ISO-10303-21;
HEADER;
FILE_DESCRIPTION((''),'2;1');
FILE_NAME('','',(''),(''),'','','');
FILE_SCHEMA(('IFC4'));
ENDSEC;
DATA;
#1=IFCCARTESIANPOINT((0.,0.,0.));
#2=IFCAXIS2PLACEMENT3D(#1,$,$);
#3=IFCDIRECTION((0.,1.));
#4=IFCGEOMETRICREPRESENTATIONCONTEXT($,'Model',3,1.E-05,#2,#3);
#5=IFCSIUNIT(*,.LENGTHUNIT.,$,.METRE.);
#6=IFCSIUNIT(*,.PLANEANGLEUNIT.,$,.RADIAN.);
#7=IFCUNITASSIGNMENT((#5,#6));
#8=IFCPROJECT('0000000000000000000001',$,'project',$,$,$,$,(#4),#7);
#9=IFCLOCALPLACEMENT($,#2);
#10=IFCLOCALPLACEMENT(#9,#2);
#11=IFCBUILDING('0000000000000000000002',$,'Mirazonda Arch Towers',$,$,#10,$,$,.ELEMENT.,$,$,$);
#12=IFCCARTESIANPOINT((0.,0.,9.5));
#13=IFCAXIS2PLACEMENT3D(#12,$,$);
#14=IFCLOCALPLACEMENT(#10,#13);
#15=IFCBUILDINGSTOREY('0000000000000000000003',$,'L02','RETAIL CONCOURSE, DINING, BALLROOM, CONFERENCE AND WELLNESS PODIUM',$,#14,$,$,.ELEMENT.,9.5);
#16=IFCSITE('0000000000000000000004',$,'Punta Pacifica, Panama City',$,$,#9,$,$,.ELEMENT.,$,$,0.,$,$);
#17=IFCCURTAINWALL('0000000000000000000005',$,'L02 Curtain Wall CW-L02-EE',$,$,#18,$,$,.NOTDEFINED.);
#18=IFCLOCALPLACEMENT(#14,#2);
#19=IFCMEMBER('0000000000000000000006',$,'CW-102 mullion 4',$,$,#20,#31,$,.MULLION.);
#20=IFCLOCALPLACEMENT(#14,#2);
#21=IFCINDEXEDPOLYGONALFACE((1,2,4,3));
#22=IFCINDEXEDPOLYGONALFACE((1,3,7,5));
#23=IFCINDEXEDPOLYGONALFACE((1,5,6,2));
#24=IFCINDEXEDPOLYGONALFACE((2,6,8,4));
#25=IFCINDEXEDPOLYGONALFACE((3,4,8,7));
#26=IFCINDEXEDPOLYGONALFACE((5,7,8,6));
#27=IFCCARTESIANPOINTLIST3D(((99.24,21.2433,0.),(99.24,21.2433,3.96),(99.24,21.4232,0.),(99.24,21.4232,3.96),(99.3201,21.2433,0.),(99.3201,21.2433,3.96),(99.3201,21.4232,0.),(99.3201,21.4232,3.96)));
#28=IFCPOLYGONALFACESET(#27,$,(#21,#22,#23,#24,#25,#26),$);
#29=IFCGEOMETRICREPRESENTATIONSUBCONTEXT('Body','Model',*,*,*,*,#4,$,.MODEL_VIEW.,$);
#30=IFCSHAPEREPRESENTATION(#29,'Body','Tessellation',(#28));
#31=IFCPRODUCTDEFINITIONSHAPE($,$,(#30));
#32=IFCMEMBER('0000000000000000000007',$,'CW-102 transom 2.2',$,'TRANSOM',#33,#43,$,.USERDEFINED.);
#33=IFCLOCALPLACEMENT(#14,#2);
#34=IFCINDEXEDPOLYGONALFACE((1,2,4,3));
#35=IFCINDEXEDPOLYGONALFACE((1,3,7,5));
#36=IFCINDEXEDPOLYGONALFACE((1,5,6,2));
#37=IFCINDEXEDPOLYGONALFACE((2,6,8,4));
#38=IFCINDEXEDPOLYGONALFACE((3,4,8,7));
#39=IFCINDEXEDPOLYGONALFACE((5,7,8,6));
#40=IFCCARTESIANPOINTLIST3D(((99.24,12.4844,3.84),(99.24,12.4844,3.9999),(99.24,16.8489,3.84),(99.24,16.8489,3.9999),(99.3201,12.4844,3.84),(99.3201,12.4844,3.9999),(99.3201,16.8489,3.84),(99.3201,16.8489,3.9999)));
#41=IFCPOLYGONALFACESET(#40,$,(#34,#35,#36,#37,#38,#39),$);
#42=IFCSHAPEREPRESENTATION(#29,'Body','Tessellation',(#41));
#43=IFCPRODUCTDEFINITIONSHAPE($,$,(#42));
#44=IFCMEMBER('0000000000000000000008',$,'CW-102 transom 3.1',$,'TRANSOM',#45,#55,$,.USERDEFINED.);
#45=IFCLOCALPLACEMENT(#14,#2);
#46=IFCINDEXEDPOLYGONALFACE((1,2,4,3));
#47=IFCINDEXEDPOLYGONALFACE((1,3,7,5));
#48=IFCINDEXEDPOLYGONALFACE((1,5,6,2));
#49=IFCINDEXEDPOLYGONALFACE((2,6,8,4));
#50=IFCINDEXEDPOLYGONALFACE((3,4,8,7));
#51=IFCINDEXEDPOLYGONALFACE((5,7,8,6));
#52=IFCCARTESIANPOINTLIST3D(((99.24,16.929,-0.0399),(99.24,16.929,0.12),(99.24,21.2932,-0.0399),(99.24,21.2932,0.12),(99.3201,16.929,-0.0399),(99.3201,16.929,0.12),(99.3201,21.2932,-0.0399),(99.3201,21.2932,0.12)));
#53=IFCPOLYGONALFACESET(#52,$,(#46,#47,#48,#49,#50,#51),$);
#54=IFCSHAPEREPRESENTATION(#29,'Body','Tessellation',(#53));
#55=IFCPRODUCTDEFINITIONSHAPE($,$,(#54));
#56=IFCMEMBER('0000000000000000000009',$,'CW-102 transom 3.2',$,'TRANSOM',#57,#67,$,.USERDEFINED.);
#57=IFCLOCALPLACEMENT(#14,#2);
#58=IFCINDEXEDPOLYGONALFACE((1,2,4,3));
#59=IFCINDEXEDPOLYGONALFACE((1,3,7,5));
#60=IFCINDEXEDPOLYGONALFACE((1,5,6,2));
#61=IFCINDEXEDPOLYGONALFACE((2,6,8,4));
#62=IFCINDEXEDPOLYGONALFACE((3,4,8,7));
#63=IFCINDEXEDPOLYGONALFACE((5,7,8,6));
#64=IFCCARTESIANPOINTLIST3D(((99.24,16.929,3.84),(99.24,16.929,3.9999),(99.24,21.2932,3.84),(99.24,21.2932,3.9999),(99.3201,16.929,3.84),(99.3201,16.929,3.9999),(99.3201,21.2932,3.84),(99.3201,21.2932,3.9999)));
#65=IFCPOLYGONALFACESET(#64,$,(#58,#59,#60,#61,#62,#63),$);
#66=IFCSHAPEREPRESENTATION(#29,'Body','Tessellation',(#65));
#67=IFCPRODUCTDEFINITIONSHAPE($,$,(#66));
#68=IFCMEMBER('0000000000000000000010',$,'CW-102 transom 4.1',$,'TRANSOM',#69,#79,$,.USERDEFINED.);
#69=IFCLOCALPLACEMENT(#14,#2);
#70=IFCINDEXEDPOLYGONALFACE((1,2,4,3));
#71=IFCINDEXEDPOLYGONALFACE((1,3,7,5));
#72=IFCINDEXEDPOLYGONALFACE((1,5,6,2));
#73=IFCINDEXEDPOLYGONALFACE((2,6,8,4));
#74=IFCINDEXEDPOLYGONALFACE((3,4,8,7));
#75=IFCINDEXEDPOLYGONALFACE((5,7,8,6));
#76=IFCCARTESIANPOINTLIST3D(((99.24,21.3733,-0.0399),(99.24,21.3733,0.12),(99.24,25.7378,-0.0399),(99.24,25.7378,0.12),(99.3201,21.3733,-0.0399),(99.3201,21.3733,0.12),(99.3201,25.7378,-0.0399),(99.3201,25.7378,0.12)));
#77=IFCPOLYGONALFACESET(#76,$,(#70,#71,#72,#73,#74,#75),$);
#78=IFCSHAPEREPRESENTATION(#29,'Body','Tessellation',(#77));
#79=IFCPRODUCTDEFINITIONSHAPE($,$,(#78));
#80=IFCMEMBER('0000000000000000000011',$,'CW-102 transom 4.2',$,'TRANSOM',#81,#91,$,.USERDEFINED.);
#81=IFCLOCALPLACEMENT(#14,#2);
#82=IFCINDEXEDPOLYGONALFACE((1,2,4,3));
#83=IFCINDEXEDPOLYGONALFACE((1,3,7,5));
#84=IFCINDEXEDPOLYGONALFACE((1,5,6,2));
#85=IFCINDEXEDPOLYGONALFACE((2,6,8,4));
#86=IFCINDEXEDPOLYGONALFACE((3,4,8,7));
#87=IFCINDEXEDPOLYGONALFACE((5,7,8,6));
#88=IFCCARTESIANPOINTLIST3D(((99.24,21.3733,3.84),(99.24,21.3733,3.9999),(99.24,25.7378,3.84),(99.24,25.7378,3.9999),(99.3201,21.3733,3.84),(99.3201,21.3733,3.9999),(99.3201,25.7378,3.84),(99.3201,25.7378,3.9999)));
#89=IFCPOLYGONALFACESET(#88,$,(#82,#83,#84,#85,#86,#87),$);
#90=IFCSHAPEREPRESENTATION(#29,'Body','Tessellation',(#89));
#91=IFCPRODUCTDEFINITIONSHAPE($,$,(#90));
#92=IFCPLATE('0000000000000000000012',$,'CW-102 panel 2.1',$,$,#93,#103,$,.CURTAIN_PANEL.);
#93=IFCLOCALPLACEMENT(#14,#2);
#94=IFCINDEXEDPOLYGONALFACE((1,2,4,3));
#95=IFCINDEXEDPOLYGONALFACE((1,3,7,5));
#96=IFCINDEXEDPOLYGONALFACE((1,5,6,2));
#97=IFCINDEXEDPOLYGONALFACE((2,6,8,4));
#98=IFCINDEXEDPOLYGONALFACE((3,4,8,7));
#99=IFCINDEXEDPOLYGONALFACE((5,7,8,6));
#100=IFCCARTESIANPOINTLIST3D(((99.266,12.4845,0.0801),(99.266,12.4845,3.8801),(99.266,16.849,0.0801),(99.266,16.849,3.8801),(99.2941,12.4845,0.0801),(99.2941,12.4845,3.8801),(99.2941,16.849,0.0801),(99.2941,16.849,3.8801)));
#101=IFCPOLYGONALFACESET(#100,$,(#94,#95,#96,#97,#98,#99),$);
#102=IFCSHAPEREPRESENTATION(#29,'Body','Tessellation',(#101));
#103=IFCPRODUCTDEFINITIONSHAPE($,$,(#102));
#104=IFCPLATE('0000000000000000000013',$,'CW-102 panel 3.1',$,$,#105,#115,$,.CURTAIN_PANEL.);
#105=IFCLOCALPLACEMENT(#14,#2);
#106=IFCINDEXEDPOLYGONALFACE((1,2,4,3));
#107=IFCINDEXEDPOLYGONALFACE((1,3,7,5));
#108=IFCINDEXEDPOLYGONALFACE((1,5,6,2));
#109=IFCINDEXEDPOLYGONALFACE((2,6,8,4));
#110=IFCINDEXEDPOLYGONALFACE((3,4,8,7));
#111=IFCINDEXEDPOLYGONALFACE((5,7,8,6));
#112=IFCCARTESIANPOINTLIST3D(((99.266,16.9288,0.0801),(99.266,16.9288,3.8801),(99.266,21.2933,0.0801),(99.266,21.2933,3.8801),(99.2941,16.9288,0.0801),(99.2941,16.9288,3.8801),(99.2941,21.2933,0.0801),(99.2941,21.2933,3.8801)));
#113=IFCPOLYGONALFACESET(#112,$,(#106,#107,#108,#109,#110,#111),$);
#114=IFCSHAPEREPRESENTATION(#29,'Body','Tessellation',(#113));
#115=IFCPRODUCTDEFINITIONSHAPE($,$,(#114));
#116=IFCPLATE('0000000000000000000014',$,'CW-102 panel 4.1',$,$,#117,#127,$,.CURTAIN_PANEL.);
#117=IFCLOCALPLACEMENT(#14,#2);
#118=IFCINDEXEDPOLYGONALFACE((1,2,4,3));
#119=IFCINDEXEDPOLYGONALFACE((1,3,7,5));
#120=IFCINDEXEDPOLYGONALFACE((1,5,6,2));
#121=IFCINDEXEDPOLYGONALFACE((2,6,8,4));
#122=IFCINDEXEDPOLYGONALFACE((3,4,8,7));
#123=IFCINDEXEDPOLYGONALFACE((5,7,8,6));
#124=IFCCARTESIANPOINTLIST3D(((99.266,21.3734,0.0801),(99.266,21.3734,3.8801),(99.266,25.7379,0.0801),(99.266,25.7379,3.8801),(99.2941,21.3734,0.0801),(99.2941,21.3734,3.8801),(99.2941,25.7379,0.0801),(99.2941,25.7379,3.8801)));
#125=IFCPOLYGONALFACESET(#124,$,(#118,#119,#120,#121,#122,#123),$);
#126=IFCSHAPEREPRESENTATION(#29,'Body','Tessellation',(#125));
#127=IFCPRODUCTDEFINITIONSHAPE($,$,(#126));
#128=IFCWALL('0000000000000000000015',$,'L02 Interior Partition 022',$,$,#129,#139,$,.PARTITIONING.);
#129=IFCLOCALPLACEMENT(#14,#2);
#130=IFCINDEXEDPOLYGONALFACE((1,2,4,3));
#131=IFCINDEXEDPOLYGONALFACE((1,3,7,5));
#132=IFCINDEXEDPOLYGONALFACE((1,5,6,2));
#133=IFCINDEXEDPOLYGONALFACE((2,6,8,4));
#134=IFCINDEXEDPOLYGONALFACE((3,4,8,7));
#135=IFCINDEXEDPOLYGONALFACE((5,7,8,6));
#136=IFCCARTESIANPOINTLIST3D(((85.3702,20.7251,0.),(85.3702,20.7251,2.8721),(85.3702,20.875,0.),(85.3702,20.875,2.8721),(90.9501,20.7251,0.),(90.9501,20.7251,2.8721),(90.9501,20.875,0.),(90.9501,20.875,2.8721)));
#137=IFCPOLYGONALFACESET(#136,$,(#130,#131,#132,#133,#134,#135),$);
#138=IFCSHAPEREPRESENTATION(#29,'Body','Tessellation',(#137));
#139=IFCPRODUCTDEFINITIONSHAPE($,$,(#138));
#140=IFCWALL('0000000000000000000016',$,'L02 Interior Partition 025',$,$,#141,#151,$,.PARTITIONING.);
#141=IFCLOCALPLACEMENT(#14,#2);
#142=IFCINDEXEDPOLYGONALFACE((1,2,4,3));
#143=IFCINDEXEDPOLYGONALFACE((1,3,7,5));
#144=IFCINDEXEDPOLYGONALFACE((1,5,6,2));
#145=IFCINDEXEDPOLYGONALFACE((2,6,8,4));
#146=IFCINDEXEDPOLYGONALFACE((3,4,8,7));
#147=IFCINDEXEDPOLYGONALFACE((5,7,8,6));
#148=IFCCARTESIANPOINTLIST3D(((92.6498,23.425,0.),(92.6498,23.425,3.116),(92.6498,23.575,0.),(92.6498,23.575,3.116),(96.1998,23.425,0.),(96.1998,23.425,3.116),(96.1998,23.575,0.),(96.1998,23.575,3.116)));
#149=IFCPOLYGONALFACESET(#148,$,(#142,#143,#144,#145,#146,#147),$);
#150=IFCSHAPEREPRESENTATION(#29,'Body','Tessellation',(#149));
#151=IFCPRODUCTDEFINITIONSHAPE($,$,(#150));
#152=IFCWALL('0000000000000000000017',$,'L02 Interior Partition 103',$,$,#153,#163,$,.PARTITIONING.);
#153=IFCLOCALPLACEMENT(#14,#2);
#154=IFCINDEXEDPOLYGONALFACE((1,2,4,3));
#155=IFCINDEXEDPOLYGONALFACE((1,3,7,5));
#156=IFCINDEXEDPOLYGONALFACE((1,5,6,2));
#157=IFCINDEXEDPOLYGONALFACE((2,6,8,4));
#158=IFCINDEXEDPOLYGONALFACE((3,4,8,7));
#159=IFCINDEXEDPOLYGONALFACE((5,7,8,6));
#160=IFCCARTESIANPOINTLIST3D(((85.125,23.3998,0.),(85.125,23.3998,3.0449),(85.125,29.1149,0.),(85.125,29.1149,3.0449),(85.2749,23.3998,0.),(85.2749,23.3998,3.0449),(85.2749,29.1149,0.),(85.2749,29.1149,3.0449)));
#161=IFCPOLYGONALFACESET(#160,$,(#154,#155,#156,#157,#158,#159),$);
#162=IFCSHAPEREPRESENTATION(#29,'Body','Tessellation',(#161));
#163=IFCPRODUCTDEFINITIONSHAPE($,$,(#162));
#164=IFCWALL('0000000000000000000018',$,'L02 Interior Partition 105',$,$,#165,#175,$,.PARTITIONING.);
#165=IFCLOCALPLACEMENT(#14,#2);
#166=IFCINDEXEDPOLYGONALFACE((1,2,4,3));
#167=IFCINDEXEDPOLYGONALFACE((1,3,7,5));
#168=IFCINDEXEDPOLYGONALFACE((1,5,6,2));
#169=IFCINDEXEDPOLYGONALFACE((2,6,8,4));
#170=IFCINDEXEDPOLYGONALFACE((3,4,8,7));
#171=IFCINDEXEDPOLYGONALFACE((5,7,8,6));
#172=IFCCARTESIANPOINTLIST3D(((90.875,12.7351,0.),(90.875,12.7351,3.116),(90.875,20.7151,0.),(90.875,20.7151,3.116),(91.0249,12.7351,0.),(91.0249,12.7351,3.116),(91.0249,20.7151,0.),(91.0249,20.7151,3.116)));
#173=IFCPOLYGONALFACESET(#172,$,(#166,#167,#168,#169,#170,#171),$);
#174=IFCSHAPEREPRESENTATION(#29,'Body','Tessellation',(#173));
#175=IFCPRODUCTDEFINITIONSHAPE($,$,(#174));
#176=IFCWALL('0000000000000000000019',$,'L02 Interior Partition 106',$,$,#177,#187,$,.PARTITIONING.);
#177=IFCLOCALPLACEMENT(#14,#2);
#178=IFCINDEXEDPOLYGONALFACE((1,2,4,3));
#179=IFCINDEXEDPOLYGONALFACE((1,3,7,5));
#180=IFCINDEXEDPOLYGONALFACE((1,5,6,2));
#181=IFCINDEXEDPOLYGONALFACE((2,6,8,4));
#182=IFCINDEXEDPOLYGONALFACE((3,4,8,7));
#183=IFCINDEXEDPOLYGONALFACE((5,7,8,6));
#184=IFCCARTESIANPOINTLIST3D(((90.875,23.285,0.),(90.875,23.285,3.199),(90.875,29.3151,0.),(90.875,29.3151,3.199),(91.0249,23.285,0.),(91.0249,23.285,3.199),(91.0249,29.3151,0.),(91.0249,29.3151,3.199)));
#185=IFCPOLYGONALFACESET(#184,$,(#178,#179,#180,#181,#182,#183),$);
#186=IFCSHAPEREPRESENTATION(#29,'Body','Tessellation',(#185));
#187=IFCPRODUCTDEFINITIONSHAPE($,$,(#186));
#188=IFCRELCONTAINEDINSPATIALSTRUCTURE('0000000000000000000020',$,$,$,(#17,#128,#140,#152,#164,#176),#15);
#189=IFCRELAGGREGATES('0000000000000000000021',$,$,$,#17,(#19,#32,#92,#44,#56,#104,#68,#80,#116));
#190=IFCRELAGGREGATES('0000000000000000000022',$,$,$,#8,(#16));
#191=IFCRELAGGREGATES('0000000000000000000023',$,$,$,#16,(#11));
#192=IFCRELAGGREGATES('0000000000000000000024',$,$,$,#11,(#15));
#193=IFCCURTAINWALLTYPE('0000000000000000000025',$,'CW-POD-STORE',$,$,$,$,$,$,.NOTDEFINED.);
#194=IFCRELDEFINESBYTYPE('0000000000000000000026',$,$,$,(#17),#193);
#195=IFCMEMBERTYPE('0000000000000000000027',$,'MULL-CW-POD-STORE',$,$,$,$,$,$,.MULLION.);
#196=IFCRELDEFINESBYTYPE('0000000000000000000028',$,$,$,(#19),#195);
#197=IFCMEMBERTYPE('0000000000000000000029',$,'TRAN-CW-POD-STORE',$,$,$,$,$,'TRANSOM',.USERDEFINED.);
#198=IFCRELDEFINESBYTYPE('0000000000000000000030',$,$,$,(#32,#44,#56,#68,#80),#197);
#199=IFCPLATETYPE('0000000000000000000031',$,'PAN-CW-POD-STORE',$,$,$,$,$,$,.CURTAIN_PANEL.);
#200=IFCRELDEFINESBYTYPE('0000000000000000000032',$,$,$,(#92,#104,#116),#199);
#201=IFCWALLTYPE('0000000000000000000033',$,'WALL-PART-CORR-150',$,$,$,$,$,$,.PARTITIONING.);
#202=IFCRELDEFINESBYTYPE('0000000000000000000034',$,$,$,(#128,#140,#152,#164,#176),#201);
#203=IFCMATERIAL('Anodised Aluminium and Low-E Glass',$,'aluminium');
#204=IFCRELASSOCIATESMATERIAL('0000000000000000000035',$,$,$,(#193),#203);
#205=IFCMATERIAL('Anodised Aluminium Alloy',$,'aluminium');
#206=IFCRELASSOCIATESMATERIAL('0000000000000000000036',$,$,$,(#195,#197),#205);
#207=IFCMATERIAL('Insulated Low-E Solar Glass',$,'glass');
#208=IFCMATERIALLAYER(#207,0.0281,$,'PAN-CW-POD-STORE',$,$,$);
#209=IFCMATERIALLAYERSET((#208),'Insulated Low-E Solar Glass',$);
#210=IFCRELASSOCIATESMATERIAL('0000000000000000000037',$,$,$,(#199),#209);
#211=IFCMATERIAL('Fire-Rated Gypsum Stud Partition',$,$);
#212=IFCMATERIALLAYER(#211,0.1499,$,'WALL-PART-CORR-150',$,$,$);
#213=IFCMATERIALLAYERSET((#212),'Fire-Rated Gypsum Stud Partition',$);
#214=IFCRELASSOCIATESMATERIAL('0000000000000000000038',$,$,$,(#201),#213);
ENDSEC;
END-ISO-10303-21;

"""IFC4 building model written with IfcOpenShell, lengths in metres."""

from ifc_helpers import new_model, si_unit, direction, frame, frame_2d, origin, origin_2d, place, context, subcontext, project, spatial, rectangle, extrude, material, layer, layer_set, material_profile, profile_set, type_object, element, aggregate, save


model = new_model("IFC4")

# Units and contexts
model_context = context("Model", 3, precision=1e-05, world=origin(), true_north=direction((0.0, 1.0)))
body_context = subcontext(model_context, "Body", "Model", "MODEL_VIEW")
ifc_project = project(units=[si_unit("LENGTHUNIT", "METRE"), si_unit("PLANEANGLEUNIT", "RADIAN")], contexts=[model_context])

# Site, building, storey
site_placement = place(None, origin())
site = spatial("IfcSite", under=ifc_project, at=site_placement, Name="Punta Pacifica, Panama City", CompositionType="ELEMENT", RefElevation=0.0)
building_placement = place(site_placement, origin())
building = spatial("IfcBuilding", under=site, at=building_placement, Name="Mirazonda Arch Towers", CompositionType="ELEMENT")
storey_placement = place(building_placement, frame((0.0, 0.0, 9.5)))
storey = spatial("IfcBuildingStorey", under=building, at=storey_placement, Name="L02", Description="RETAIL CONCOURSE, DINING, BALLROOM, CONFERENCE AND WELLNESS PODIUM", CompositionType="ELEMENT", Elevation=9.5)

# Curtain wall, members, plates
ifc_material_1 = material(Name="Anodised Aluminium and Low-E Glass", Category="aluminium")
curtain_wall_type = type_object("IfcCurtainWallType", Name="CW-POD-STORE", PredefinedType="NOTDEFINED", material=ifc_material_1)
curtain_wall_placement = place(storey_placement, origin())
curtain_wall = element("IfcCurtainWall", 1, at=curtain_wall_placement, inside=storey, type_object=curtain_wall_type, Name="L02 Curtain Wall CW-L02-EE", PredefinedType="NOTDEFINED")
ifc_material_2 = material(Name="Anodised Aluminium Alloy", Category="aluminium")
ifc_material_profile_1 = material_profile(ifc_material_2, rectangle(XDim=0.0801, YDim=0.1799, at=origin_2d()), Name="ALU-MULL-80x180")
ifc_profile_set_1 = profile_set([ifc_material_profile_1], Name="Anodised Aluminium Alloy")
member_type_1 = type_object("IfcMemberType", Name="MULL-CW-POD-STORE", PredefinedType="MULLION", material=ifc_profile_set_1)
member_1_placement = place(storey_placement, frame((99.28, 21.3333, 0.0), z_axis=(0.0, 0.0, 1.0), x_axis=(-1.0, 0.0, 0.0)))
member_1 = element("IfcMember", 2, at=member_1_placement, type_object=member_type_1, Name="CW-102 mullion 4", PredefinedType="MULLION", context=body_context, shape_type="SweptSolid", body=[
    extrude(rectangle(XDim=0.0801, YDim=0.1799, at=origin_2d()), origin(), (0.0, 0.0, 1.0), 3.96),
])
ifc_material_profile_2 = material_profile(ifc_material_2, rectangle(XDim=0.0801, YDim=0.1599, at=origin_2d()), Name="ALU-TRAN-80x160")
ifc_profile_set_2 = profile_set([ifc_material_profile_2], Name="Anodised Aluminium Alloy")
member_type_2 = type_object("IfcMemberType", Name="TRAN-CW-POD-STORE", ElementType="TRANSOM", PredefinedType="USERDEFINED", material=ifc_profile_set_2)
member_2_placement = place(storey_placement, frame((99.28, 12.4844, 3.9199), z_axis=(0.0, 1.0, 0.0), x_axis=(-1.0, 0.0, 0.0)))
member_2 = element("IfcMember", 3, at=member_2_placement, type_object=member_type_2, Name="CW-102 transom 2.2", ObjectType="TRANSOM", PredefinedType="USERDEFINED", context=body_context, shape_type="SweptSolid", body=[
    extrude(rectangle(XDim=0.0801, YDim=0.1599, at=origin_2d()), origin(), (0.0, 0.0, 1.0), 4.3645),
])
member_3_placement = place(storey_placement, frame((99.28, 16.929, 0.04), z_axis=(0.0, 1.0, 0.0), x_axis=(-1.0, 0.0, 0.0)))
member_3 = element("IfcMember", 4, at=member_3_placement, type_object=member_type_2, Name="CW-102 transom 3.1", ObjectType="TRANSOM", PredefinedType="USERDEFINED", context=body_context, shape_type="SweptSolid", body=[
    extrude(rectangle(XDim=0.0801, YDim=0.1599, at=origin_2d()), origin(), (0.0, 0.0, 1.0), 4.3643),
])
member_4_placement = place(storey_placement, frame((99.28, 16.929, 3.9199), z_axis=(0.0, 1.0, 0.0), x_axis=(-1.0, 0.0, 0.0)))
member_4 = element("IfcMember", 5, at=member_4_placement, type_object=member_type_2, Name="CW-102 transom 3.2", ObjectType="TRANSOM", PredefinedType="USERDEFINED", context=body_context, shape_type="SweptSolid", body=[
    extrude(rectangle(XDim=0.0801, YDim=0.1599, at=origin_2d()), origin(), (0.0, 0.0, 1.0), 4.3643),
])
member_5_placement = place(storey_placement, frame((99.28, 21.3733, 0.04), z_axis=(0.0, 1.0, 0.0), x_axis=(-1.0, 0.0, 0.0)))
member_5 = element("IfcMember", 6, at=member_5_placement, type_object=member_type_2, Name="CW-102 transom 4.1", ObjectType="TRANSOM", PredefinedType="USERDEFINED", context=body_context, shape_type="SweptSolid", body=[
    extrude(rectangle(XDim=0.0801, YDim=0.1599, at=origin_2d()), origin(), (0.0, 0.0, 1.0), 4.3645),
])
member_6_placement = place(storey_placement, frame((99.28, 21.3733, 3.9199), z_axis=(0.0, 1.0, 0.0), x_axis=(-1.0, 0.0, 0.0)))
member_6 = element("IfcMember", 7, at=member_6_placement, type_object=member_type_2, Name="CW-102 transom 4.2", ObjectType="TRANSOM", PredefinedType="USERDEFINED", context=body_context, shape_type="SweptSolid", body=[
    extrude(rectangle(XDim=0.0801, YDim=0.1599, at=origin_2d()), origin(), (0.0, 0.0, 1.0), 4.3645),
])
ifc_material_3 = material(Name="Insulated Low-E Solar Glass", Category="glass")
ifc_layer_1 = layer(ifc_material_3, 0.0281, Name="PAN-CW-POD-STORE")
ifc_layer_set_1 = layer_set([ifc_layer_1], Name="Insulated Low-E Solar Glass")
plate_type = type_object("IfcPlateType", Name="PAN-CW-POD-STORE", PredefinedType="CURTAIN_PANEL", material=ifc_layer_set_1)
plate_1_placement = place(storey_placement, frame((99.28, 14.6667, 0.0801), z_axis=(0.0, 0.0, 1.0), x_axis=(0.0, 1.0, 0.0)))
plate_1 = element("IfcPlate", 8, at=plate_1_placement, type_object=plate_type, Name="CW-102 panel 2.1", PredefinedType="CURTAIN_PANEL", context=body_context, shape_type="SweptSolid", body=[
    extrude(rectangle(XDim=4.3645, YDim=0.0281, at=origin_2d()), origin(), (0.0, 0.0, 1.0), 3.8),
])
plate_2_placement = place(storey_placement, frame((99.28, 19.1111, 0.0801), z_axis=(0.0, 0.0, 1.0), x_axis=(0.0, 1.0, 0.0)))
plate_2 = element("IfcPlate", 9, at=plate_2_placement, type_object=plate_type, Name="CW-102 panel 3.1", PredefinedType="CURTAIN_PANEL", context=body_context, shape_type="SweptSolid", body=[
    extrude(rectangle(XDim=4.3645, YDim=0.0281, at=origin_2d()), origin(), (0.0, 0.0, 1.0), 3.8),
])
plate_3_placement = place(storey_placement, frame((99.28, 23.5557, 0.0801), z_axis=(0.0, 0.0, 1.0), x_axis=(0.0, 1.0, 0.0)))
plate_3 = element("IfcPlate", 10, at=plate_3_placement, type_object=plate_type, Name="CW-102 panel 4.1", PredefinedType="CURTAIN_PANEL", context=body_context, shape_type="SweptSolid", body=[
    extrude(rectangle(XDim=4.3645, YDim=0.0281, at=origin_2d()), origin(), (0.0, 0.0, 1.0), 3.8),
])
aggregate(curtain_wall, [member_1, member_2, plate_1, member_3, member_4, plate_2, member_5, member_6, plate_3])

# Walls
ifc_material_4 = material(Name="Fire-Rated Gypsum Stud Partition")
ifc_layer_2 = layer(ifc_material_4, 0.1499, Name="WALL-PART-CORR-150")
ifc_layer_set_2 = layer_set([ifc_layer_2], Name="Fire-Rated Gypsum Stud Partition")
wall_type = type_object("IfcWallType", Name="WALL-PART-CORR-150", PredefinedType="PARTITIONING", material=ifc_layer_set_2)
wall_1_placement = place(storey_placement, frame((85.3701, 20.8, 0.0), z_axis=(0.0, 0.0, 1.0), x_axis=(1.0, 0.0, 0.0)))
element("IfcWall", 11, at=wall_1_placement, inside=storey, type_object=wall_type, Name="L02 Interior Partition 022", PredefinedType="PARTITIONING", context=body_context, shape_type="SweptSolid", body=[
    extrude(rectangle(XDim=5.5798, YDim=0.1499, at=frame_2d((2.79, 0.0))), origin(), (0.0, 0.0, 1.0), 2.8721),
])
wall_2_placement = place(storey_placement, frame((92.6499, 23.5, 0.0), z_axis=(0.0, 0.0, 1.0), x_axis=(1.0, 0.0, 0.0)))
element("IfcWall", 12, at=wall_2_placement, inside=storey, type_object=wall_type, Name="L02 Interior Partition 025", PredefinedType="PARTITIONING", context=body_context, shape_type="SweptSolid", body=[
    extrude(rectangle(XDim=3.55, YDim=0.1499, at=frame_2d((1.7749, 0.0))), origin(), (0.0, 0.0, 1.0), 3.116),
])
wall_3_placement = place(storey_placement, frame((85.2, 23.3999, 0.0), z_axis=(0.0, 0.0, 1.0), x_axis=(0.0, 1.0, 0.0)))
element("IfcWall", 13, at=wall_3_placement, inside=storey, type_object=wall_type, Name="L02 Interior Partition 103", PredefinedType="PARTITIONING", context=body_context, shape_type="SweptSolid", body=[
    extrude(rectangle(XDim=5.7151, YDim=0.1499, at=frame_2d((2.8574, 0.0))), origin(), (0.0, 0.0, 1.0), 3.0449),
])
wall_4_placement = place(storey_placement, frame((90.95, 12.7351, 0.0), z_axis=(0.0, 0.0, 1.0), x_axis=(0.0, 1.0, 0.0)))
element("IfcWall", 14, at=wall_4_placement, inside=storey, type_object=wall_type, Name="L02 Interior Partition 105", PredefinedType="PARTITIONING", context=body_context, shape_type="SweptSolid", body=[
    extrude(rectangle(XDim=7.98, YDim=0.1499, at=frame_2d((3.99, 0.0))), origin(), (0.0, 0.0, 1.0), 3.116),
])
wall_5_placement = place(storey_placement, frame((90.95, 23.2849, 0.0), z_axis=(0.0, 0.0, 1.0), x_axis=(0.0, 1.0, 0.0)))
element("IfcWall", 15, at=wall_5_placement, inside=storey, type_object=wall_type, Name="L02 Interior Partition 106", PredefinedType="PARTITIONING", context=body_context, shape_type="SweptSolid", body=[
    extrude(rectangle(XDim=6.03, YDim=0.1499, at=frame_2d((3.0151, 0.0))), origin(), (0.0, 0.0, 1.0), 3.199),
])

save(model, "model.ifc")
